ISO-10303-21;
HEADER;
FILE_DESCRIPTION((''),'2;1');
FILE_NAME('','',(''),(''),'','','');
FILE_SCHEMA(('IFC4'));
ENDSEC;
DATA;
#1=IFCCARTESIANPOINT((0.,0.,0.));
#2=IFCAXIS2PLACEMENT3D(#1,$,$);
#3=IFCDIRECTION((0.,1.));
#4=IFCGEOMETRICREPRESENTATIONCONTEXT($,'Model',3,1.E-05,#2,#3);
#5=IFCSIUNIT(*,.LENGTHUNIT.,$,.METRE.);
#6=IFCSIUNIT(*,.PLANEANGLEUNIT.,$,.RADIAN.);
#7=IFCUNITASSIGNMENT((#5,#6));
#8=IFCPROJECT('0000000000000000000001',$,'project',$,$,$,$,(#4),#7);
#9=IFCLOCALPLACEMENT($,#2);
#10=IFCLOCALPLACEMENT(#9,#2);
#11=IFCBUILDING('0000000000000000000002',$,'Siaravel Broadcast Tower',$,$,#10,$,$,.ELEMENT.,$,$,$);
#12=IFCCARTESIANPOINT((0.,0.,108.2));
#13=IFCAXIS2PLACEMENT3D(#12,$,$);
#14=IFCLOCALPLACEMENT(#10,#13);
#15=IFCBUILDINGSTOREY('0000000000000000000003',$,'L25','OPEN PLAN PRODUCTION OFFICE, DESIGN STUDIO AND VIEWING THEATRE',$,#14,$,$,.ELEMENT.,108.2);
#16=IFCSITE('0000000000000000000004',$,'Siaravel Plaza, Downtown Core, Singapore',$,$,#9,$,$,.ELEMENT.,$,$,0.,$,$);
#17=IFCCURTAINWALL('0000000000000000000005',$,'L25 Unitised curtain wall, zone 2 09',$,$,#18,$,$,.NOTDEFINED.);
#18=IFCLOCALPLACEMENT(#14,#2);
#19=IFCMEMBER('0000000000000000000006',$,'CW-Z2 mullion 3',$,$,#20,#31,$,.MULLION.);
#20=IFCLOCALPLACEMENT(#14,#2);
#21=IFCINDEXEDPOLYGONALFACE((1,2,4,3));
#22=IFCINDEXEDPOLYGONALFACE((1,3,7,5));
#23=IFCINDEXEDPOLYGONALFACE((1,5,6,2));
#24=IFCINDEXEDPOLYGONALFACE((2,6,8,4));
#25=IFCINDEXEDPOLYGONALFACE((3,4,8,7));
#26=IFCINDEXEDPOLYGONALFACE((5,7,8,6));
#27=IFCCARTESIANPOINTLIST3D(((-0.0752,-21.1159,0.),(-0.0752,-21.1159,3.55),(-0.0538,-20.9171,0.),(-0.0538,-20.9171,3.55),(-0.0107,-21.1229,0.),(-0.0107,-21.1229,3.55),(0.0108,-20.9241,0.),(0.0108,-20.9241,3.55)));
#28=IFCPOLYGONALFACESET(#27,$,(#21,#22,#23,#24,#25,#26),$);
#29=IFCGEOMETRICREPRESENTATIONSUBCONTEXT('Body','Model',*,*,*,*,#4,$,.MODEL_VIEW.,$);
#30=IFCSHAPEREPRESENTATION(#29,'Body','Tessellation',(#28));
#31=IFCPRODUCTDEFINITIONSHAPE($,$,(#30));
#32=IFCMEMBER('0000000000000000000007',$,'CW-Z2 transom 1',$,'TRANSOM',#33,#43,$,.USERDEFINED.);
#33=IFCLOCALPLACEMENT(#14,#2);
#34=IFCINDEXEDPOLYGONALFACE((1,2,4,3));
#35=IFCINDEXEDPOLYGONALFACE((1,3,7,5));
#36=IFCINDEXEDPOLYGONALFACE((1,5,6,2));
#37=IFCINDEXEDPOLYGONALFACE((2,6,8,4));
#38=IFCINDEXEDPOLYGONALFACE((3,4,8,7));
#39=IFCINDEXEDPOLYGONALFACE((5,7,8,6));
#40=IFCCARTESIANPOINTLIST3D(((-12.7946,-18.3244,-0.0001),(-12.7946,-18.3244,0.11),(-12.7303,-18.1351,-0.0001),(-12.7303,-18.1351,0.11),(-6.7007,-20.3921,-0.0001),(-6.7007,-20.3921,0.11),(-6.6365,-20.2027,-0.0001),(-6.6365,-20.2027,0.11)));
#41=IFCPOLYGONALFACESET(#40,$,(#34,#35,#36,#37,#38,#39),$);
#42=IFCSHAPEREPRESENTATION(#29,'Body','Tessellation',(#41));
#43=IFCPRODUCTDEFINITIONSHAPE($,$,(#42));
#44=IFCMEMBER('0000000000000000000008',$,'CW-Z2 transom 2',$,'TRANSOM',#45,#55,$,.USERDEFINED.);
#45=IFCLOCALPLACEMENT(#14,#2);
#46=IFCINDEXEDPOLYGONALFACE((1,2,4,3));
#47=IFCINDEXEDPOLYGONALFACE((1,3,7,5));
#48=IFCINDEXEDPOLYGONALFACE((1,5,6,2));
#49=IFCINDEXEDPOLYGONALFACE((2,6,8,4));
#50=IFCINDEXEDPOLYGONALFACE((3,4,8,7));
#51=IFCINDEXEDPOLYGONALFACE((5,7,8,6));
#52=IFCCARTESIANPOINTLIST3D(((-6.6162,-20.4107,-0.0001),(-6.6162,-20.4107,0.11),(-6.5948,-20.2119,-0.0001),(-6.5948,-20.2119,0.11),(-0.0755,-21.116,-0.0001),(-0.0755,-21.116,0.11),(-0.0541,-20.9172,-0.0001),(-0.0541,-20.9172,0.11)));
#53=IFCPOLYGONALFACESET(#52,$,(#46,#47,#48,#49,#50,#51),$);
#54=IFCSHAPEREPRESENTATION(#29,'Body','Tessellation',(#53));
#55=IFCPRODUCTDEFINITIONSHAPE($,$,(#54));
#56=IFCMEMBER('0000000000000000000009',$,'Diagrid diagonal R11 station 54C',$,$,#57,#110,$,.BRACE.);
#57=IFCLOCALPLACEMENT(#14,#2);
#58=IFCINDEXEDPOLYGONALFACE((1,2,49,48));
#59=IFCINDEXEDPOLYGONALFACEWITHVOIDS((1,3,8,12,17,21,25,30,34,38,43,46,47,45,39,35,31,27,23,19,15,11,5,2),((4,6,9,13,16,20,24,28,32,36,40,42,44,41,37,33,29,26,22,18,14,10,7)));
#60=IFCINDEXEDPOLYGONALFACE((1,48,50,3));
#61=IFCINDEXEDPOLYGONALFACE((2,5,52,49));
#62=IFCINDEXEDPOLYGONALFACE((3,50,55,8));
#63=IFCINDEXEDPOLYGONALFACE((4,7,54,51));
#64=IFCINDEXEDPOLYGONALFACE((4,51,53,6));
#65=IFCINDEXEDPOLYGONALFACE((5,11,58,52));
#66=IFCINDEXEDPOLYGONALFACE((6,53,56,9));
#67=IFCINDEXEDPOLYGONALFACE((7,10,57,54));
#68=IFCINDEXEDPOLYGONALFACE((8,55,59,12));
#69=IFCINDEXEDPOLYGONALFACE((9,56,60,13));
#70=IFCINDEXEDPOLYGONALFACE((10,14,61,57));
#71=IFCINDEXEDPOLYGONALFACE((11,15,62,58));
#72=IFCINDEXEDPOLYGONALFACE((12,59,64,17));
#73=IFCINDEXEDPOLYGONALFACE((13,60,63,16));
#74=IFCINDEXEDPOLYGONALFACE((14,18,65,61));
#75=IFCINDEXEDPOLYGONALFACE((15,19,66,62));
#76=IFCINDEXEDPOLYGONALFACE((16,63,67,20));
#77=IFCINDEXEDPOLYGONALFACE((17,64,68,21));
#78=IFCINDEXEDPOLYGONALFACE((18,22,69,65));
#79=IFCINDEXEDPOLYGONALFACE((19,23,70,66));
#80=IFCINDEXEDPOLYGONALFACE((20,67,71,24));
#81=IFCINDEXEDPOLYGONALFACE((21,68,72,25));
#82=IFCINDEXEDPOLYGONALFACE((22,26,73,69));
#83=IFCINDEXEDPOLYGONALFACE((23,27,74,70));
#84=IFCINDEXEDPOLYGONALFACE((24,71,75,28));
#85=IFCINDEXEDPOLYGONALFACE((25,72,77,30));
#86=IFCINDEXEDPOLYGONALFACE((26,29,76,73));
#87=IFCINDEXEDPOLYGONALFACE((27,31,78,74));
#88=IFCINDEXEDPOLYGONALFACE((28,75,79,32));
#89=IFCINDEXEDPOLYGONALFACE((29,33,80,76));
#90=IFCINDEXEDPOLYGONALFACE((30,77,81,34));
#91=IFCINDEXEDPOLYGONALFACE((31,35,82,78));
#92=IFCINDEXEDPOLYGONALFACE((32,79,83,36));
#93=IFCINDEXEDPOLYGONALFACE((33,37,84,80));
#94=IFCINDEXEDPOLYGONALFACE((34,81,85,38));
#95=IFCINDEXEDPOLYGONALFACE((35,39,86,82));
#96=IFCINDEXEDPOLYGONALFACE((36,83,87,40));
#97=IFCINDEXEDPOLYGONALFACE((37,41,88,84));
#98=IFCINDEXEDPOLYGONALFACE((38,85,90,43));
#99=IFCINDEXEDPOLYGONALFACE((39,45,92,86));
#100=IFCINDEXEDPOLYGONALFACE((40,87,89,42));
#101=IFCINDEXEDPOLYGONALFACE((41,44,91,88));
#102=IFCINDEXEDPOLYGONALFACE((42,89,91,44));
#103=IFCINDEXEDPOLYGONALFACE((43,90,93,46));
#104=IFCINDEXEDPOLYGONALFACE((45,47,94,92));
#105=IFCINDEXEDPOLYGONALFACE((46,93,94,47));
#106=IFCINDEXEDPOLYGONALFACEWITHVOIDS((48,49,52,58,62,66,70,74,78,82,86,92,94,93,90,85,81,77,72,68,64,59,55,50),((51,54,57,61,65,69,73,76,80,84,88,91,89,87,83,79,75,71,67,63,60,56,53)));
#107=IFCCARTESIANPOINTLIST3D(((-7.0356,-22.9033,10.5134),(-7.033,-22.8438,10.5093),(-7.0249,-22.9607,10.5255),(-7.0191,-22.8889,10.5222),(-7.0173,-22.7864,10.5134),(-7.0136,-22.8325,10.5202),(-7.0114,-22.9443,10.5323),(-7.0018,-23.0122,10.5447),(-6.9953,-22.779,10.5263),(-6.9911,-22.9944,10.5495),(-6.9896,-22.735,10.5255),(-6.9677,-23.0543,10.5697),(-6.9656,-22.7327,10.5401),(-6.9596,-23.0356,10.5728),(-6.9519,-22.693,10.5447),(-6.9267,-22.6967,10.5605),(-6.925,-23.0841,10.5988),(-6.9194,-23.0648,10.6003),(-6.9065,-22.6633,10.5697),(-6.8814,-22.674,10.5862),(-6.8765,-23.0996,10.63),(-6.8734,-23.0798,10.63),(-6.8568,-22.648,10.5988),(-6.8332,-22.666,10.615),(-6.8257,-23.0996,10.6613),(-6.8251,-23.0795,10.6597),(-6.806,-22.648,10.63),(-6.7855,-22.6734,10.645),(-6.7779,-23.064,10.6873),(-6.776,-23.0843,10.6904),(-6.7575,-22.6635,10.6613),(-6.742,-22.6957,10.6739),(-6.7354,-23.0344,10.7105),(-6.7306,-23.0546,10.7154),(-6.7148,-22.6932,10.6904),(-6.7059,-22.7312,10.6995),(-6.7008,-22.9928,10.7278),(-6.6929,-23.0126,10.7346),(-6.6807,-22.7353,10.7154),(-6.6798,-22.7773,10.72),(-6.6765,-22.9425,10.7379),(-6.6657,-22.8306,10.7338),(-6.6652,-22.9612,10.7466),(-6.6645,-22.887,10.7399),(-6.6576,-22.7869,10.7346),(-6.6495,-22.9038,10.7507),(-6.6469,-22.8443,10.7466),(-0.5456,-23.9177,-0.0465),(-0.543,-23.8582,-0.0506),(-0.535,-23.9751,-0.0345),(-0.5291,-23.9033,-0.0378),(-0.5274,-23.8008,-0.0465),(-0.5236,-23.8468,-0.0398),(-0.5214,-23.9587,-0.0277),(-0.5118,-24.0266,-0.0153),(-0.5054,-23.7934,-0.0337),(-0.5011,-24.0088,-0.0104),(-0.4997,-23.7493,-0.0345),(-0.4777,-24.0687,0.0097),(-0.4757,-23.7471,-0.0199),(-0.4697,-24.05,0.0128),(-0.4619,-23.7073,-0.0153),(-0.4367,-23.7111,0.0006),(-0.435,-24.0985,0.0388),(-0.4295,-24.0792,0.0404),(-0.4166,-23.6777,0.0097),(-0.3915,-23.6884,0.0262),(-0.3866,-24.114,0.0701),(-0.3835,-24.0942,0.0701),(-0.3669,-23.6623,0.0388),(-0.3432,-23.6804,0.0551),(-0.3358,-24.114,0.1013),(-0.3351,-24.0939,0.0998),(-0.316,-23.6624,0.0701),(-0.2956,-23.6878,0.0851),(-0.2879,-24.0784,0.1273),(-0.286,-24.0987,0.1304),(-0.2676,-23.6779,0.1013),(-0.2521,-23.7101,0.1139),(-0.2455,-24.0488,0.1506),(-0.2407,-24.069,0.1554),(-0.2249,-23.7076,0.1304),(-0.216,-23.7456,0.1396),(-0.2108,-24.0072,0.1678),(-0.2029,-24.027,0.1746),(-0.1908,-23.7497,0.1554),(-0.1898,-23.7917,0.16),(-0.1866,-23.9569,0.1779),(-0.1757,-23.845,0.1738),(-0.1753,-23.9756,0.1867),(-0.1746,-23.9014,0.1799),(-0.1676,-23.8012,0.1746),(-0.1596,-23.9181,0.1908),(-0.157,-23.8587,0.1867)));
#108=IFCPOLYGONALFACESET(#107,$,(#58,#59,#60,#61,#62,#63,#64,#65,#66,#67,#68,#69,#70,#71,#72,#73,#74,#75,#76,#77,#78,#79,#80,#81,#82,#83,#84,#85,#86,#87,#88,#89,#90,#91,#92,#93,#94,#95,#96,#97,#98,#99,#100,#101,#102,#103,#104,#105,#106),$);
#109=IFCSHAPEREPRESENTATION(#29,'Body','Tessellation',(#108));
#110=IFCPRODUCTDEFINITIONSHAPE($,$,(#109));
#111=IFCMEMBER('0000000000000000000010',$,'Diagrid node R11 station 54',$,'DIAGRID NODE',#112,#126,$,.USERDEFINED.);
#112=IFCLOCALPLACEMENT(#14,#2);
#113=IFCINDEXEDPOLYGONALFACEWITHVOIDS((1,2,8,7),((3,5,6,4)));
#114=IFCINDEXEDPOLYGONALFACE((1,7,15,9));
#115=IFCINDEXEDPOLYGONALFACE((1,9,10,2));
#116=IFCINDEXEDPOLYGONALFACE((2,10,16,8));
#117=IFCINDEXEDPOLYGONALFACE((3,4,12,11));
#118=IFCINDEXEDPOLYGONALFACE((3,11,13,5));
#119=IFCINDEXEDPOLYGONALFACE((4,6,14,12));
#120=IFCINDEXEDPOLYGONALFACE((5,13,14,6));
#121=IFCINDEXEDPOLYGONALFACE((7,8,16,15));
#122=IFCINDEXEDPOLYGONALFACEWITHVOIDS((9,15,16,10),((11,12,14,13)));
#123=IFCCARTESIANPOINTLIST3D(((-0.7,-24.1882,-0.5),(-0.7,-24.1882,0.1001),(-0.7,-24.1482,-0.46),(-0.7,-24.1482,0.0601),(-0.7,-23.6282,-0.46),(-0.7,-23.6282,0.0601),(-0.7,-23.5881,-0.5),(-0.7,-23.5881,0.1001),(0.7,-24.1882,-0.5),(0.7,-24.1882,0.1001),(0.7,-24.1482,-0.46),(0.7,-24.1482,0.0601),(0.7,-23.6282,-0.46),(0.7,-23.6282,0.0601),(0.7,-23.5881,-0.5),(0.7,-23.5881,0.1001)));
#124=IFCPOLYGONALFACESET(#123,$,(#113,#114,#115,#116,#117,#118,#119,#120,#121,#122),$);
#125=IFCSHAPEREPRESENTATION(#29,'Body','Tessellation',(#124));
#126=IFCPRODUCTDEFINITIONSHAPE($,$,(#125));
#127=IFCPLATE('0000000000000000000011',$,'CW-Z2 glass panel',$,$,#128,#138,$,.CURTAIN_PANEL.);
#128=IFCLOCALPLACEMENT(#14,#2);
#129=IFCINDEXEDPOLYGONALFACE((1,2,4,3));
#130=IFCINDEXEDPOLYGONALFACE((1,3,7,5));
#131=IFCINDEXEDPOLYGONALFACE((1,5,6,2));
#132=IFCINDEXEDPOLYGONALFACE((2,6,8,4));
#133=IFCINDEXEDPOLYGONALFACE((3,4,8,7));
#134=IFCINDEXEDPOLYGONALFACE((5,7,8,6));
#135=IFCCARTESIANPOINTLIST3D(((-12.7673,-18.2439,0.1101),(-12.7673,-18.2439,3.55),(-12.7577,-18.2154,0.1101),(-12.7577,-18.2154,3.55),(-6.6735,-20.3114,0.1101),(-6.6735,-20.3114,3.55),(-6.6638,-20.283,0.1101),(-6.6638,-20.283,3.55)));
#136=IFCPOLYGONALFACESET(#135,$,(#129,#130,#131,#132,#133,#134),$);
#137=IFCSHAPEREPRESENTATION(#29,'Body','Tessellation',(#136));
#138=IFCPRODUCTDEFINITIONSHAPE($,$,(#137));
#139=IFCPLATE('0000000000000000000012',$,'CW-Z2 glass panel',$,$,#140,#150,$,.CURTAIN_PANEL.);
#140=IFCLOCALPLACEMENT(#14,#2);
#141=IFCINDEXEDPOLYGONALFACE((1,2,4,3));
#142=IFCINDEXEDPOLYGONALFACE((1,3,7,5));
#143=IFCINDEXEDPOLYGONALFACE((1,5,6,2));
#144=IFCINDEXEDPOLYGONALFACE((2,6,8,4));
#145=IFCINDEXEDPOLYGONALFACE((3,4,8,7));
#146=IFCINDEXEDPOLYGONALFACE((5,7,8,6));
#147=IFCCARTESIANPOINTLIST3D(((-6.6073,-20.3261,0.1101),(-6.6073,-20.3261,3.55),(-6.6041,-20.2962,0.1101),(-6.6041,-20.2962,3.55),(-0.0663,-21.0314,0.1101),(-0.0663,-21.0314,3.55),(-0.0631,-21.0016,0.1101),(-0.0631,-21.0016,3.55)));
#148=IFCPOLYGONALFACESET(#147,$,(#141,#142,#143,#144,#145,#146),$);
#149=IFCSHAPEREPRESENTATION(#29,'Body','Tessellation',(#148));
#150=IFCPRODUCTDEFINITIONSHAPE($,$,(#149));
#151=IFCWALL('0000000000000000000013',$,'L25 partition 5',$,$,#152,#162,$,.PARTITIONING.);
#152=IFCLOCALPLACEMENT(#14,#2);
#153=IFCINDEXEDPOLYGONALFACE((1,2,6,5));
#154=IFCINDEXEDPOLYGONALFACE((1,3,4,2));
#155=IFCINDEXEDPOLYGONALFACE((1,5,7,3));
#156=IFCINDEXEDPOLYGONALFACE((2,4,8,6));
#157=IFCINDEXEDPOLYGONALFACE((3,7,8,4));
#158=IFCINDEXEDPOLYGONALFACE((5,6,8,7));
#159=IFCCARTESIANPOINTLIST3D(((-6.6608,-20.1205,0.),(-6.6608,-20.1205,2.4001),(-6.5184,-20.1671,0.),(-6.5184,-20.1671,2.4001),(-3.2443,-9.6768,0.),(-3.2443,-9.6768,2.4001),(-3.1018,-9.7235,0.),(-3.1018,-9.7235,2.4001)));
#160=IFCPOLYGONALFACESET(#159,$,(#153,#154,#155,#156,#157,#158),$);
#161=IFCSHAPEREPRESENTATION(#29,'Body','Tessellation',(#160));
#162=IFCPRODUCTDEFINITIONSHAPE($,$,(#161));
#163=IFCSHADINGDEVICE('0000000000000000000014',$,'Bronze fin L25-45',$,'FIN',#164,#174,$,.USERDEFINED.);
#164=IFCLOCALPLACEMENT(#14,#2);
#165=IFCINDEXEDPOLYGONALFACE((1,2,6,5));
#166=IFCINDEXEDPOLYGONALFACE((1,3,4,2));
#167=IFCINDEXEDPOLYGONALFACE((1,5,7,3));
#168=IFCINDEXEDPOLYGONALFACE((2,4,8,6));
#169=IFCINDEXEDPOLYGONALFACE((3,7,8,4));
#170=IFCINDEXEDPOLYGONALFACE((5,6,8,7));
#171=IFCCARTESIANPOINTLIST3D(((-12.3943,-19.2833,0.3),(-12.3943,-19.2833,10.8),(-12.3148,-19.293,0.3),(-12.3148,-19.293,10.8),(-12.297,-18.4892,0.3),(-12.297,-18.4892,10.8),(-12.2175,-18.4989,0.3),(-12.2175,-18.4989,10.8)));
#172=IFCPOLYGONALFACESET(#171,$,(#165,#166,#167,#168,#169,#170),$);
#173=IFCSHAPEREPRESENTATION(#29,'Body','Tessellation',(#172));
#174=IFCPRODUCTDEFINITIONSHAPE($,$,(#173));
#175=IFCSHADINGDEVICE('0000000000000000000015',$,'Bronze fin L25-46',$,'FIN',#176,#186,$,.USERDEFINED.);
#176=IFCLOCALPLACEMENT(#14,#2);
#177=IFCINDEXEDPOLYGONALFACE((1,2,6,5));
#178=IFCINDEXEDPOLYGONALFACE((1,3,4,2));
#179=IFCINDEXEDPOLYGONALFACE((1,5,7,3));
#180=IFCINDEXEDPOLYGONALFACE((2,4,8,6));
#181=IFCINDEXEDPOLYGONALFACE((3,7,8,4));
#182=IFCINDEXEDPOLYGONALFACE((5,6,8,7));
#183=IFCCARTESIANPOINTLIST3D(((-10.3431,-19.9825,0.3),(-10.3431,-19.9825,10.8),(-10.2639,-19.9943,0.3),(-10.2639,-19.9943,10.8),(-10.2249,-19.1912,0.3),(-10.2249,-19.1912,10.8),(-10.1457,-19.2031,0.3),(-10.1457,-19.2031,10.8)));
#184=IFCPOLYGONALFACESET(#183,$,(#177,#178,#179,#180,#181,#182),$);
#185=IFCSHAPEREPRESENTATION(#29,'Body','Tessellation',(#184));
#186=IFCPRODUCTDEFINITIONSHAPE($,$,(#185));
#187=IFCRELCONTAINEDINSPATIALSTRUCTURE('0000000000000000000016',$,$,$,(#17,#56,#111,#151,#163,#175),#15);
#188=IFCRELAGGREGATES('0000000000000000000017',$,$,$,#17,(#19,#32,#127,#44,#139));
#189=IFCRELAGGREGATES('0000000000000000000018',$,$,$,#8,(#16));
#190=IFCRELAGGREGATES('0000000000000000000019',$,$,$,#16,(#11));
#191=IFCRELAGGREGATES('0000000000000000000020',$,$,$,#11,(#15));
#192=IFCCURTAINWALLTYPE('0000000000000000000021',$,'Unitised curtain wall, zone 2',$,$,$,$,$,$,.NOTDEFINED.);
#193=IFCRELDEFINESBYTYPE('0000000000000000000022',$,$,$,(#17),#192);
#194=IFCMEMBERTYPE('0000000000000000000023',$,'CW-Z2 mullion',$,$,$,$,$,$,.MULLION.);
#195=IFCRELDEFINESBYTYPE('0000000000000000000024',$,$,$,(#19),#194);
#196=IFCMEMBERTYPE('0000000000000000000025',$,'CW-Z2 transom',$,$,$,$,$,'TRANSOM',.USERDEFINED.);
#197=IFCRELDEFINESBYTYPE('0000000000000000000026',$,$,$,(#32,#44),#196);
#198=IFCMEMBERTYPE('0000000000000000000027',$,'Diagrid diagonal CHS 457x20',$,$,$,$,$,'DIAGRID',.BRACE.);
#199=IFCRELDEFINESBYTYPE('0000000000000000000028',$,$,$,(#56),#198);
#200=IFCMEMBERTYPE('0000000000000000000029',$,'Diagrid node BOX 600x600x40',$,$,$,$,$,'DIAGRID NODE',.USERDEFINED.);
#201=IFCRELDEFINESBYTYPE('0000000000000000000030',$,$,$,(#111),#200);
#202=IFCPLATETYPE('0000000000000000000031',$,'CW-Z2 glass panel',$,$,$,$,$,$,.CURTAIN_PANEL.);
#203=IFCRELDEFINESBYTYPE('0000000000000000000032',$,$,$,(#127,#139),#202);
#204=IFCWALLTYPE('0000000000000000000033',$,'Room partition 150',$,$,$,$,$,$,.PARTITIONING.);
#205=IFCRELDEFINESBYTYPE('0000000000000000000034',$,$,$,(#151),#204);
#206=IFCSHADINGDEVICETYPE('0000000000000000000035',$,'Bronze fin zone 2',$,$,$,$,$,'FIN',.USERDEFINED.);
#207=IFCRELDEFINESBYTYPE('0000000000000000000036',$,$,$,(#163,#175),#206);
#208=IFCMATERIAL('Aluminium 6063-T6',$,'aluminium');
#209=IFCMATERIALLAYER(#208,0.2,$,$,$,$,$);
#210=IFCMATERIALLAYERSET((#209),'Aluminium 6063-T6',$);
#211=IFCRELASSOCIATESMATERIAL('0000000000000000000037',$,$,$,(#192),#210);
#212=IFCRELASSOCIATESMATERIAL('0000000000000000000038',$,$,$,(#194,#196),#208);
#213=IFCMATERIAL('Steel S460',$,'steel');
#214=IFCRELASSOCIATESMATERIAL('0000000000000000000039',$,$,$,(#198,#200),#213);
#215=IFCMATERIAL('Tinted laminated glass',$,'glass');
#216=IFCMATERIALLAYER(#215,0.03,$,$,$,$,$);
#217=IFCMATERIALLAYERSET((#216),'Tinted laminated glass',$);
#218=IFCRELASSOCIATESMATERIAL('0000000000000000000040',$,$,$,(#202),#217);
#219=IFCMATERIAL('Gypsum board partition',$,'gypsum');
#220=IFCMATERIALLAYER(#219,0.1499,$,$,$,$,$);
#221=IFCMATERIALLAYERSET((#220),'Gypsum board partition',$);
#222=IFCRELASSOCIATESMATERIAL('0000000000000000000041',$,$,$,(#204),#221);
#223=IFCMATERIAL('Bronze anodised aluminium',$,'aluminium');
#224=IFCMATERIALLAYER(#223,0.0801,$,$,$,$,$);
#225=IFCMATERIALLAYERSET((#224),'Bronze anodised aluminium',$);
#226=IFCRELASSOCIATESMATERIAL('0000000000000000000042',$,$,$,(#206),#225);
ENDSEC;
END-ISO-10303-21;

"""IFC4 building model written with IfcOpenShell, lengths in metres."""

from ifc_helpers import new_model, si_unit, direction, frame, frame_2d, origin, origin_2d, place, context, subcontext, project, spatial, rectangle, hollow_rectangle, hollow_circle, extrude, material, layer, layer_set, material_profile, profile_set, type_object, element, aggregate, save


model = new_model("IFC4")

# Units and contexts
model_context = context("Model", 3, precision=1e-05, world=origin(), true_north=direction((0.0, 1.0)))
body_context = subcontext(model_context, "Body", "Model", "MODEL_VIEW")
ifc_project = project(units=[si_unit("LENGTHUNIT", "METRE"), si_unit("PLANEANGLEUNIT", "RADIAN")], contexts=[model_context])

# Site, building, storey
site_placement = place(None, origin())
site = spatial("IfcSite", under=ifc_project, at=site_placement, Name="Siaravel Plaza, Downtown Core, Singapore", CompositionType="ELEMENT", RefElevation=0.0)
building_placement = place(site_placement, origin())
building = spatial("IfcBuilding", under=site, at=building_placement, Name="Siaravel Broadcast Tower", CompositionType="ELEMENT")
storey_placement = place(building_placement, frame((0.0, 0.0, 108.2)))
storey = spatial("IfcBuildingStorey", under=building, at=storey_placement, Name="L25", Description="OPEN PLAN PRODUCTION OFFICE, DESIGN STUDIO AND VIEWING THEATRE", CompositionType="ELEMENT", Elevation=108.2)

# Shared definitions
ifc_material_1 = material(Name="Aluminium 6063-T6", Category="aluminium")
ifc_layer_1 = layer(ifc_material_1, 0.2)
ifc_layer_set_1 = layer_set([ifc_layer_1], Name="Aluminium 6063-T6")
curtain_wall_type = type_object("IfcCurtainWallType", Name="Unitised curtain wall, zone 2", PredefinedType="NOTDEFINED", material=ifc_layer_set_1)
ifc_material_profile_1 = material_profile(ifc_material_1, rectangle(XDim=0.2, YDim=0.0649, at=origin_2d()))
ifc_profile_set_1 = profile_set([ifc_material_profile_1], Name="Aluminium 6063-T6")
member_type_1 = type_object("IfcMemberType", Name="CW-Z2 mullion", PredefinedType="MULLION", material=ifc_profile_set_1)

# Curtain wall, members
curtain_wall_1_placement = place(storey_placement, origin())
curtain_wall_1 = element("IfcCurtainWall", 1, at=curtain_wall_1_placement, inside=storey, type_object=curtain_wall_type, Name="L25 Unitised curtain wall, zone 2 09", PredefinedType="NOTDEFINED")
member_1_placement = place(storey_placement, frame((-0.0322, -21.02, 0.0), z_axis=(0.0, 0.0, 1.0), x_axis=(0.107217, 0.994236, 0.0)))
member_1 = element("IfcMember", 2, at=member_1_placement, type_object=member_type_1, Name="CW-Z2 mullion 3", PredefinedType="MULLION", context=body_context, shape_type="SweptSolid", body=[
    extrude(rectangle(XDim=0.2, YDim=0.0649, at=origin_2d()), origin(), (0.0, 0.0, 1.0), 3.55),
])
ifc_material_profile_2 = material_profile(ifc_material_1, rectangle(XDim=0.2, YDim=0.1101, at=origin_2d()))
ifc_profile_set_2 = profile_set([ifc_material_profile_2], Name="Aluminium 6063-T6")
member_type_2 = type_object("IfcMemberType", Name="CW-Z2 transom", ElementType="TRANSOM", PredefinedType="USERDEFINED", material=ifc_profile_set_2)
member_2_placement = place(storey_placement, frame((-12.7625, -18.2297, 0.0549), z_axis=(0.946974, -0.321311, 0.0), x_axis=(0.321311, 0.946974, 0.0)))
member_2 = element("IfcMember", 3, at=member_2_placement, type_object=member_type_2, Name="CW-Z2 transom 1", ObjectType="TRANSOM", PredefinedType="USERDEFINED", context=body_context, shape_type="SweptSolid", body=[
    extrude(rectangle(XDim=0.2, YDim=0.1101, at=origin_2d()), origin(), (0.0, 0.0, 1.0), 6.4351),
])
member_3_placement = place(storey_placement, frame((-6.6055, -20.3113, 0.0549), z_axis=(0.994236, -0.107213, 0.0), x_axis=(0.107213, 0.994236, 0.0)))
member_3 = element("IfcMember", 4, at=member_3_placement, type_object=member_type_2, Name="CW-Z2 transom 2", ObjectType="TRANSOM", PredefinedType="USERDEFINED", context=body_context, shape_type="SweptSolid", body=[
    extrude(rectangle(XDim=0.2, YDim=0.1101, at=origin_2d()), origin(), (0.0, 0.0, 1.0), 6.5786),
])

# Members
ifc_material_2 = material(Name="Steel S460", Category="steel")
ifc_material_profile_3 = material_profile(ifc_material_2, hollow_circle(Radius=0.2285, WallThickness=0.02, at=origin_2d()))
ifc_profile_set_3 = profile_set([ifc_material_profile_3], Name="Steel S460")
member_type_3 = type_object("IfcMemberType", Name="Diagrid diagonal CHS 457x20", ElementType="DIAGRID", PredefinedType="BRACE", material=ifc_profile_set_3)
member_4_placement = place(storey_placement, frame((-0.3513, -23.8882, 0.0701), z_axis=(-0.521855, 0.081567, 0.849126), x_axis=(-0.154428, -0.988004, 0.0)))
element("IfcMember", 5, at=member_4_placement, inside=storey, type_object=member_type_3, Name="Diagrid diagonal R11 station 54C", PredefinedType="BRACE", context=body_context, shape_type="SweptSolid", body=[
    extrude(hollow_circle(Radius=0.2285, WallThickness=0.02, at=origin_2d()), origin(), (0.0, 0.0, 1.0), 12.4363),
])
ifc_material_profile_4 = material_profile(ifc_material_2, hollow_rectangle(XDim=0.6001, YDim=0.6001, WallThickness=0.04, at=origin_2d()))
ifc_profile_set_4 = profile_set([ifc_material_profile_4], Name="Steel S460")
member_type_4 = type_object("IfcMemberType", Name="Diagrid node BOX 600x600x40", ElementType="DIAGRID NODE", PredefinedType="USERDEFINED", material=ifc_profile_set_4)
member_5_placement = place(storey_placement, frame((-0.7, -23.8882, -0.2), z_axis=(1.0, 0.0, 0.0), x_axis=(0.0, 1.0, 0.0)))
element("IfcMember", 6, at=member_5_placement, inside=storey, type_object=member_type_4, Name="Diagrid node R11 station 54", ObjectType="DIAGRID NODE", PredefinedType="USERDEFINED", context=body_context, shape_type="SweptSolid", body=[
    extrude(hollow_rectangle(XDim=0.6001, YDim=0.6001, WallThickness=0.04, at=origin_2d()), origin(), (0.0, 0.0, 1.0), 1.3999),
])

# Plates
ifc_material_3 = material(Name="Tinted laminated glass", Category="glass")
ifc_layer_2 = layer(ifc_material_3, 0.03)
ifc_layer_set_2 = layer_set([ifc_layer_2], Name="Tinted laminated glass")
plate_type = type_object("IfcPlateType", Name="CW-Z2 glass panel", PredefinedType="CURTAIN_PANEL", material=ifc_layer_set_2)
plate_1_placement = place(storey_placement, frame((-9.7156, -19.2634, 0.1101), z_axis=(0.0, 0.0, 1.0), x_axis=(0.946977, -0.321301, 0.0)))
plate_1 = element("IfcPlate", 7, at=plate_1_placement, type_object=plate_type, Name="CW-Z2 glass panel", PredefinedType="CURTAIN_PANEL", context=body_context, shape_type="SweptSolid", body=[
    extrude(rectangle(XDim=6.4351, YDim=0.03, at=origin_2d()), origin(), (0.0, 0.0, 1.0), 3.4399),
])
plate_2_placement = place(storey_placement, frame((-3.3352, -20.6638, 0.1101), z_axis=(0.0, 0.0, 1.0), x_axis=(0.994236, -0.107217, 0.0)))
plate_2 = element("IfcPlate", 8, at=plate_2_placement, type_object=plate_type, Name="CW-Z2 glass panel", PredefinedType="CURTAIN_PANEL", context=body_context, shape_type="SweptSolid", body=[
    extrude(rectangle(XDim=6.5789, YDim=0.03, at=origin_2d()), origin(), (0.0, 0.0, 1.0), 3.4399),
])
aggregate(curtain_wall_1, [member_1, member_2, plate_1, member_3, plate_2])

# Wall
ifc_material_4 = material(Name="Gypsum board partition", Category="gypsum")
ifc_layer_3 = layer(ifc_material_4, 0.1499)
ifc_layer_set_3 = layer_set([ifc_layer_3], Name="Gypsum board partition")
wall_type = type_object("IfcWallType", Name="Room partition 150", PredefinedType="PARTITIONING", material=ifc_layer_set_3)
wall_placement = place(storey_placement, frame((-6.5896, -20.1438, 0.0), z_axis=(0.0, 0.0, 1.0), x_axis=(0.310924, 0.950435, 0.0)))
element("IfcWall", 9, at=wall_placement, inside=storey, type_object=wall_type, Name="L25 partition 5", PredefinedType="PARTITIONING", context=body_context, shape_type="SweptSolid", body=[
    extrude(rectangle(XDim=10.9883, YDim=0.1499, at=frame_2d((5.4941, 0.0))), origin(), (0.0, 0.0, 1.0), 2.4001),
])

# Shading devices
ifc_material_5 = material(Name="Bronze anodised aluminium", Category="aluminium")
ifc_layer_4 = layer(ifc_material_5, 0.0801)
ifc_layer_set_4 = layer_set([ifc_layer_4], Name="Bronze anodised aluminium")
shading_device_type = type_object("IfcShadingDeviceType", Name="Bronze fin zone 2", ElementType="FIN", PredefinedType="USERDEFINED", material=ifc_layer_set_4)
for number, where, z_axis, x_axis, name in (
    (10, (-12.3059, -18.8911, 0.3), (0.0, 0.0, 1.0), (-0.121646, -0.992574, 0.0), "Bronze fin L25-45"),
    (11, (-10.2444, -19.5928, 0.3), (0.0, 0.0, 1.0), (-0.147728, -0.989028, 0.0), "Bronze fin L25-46"),
):
    element("IfcShadingDevice", number, at=place(storey_placement, frame(where, z_axis=z_axis, x_axis=x_axis)), inside=storey, type_object=shading_device_type, Name=name, ObjectType="FIN", PredefinedType="USERDEFINED", context=body_context, shape_type="SweptSolid", body=[
        extrude(rectangle(XDim=0.8, YDim=0.0801, at=origin_2d()), origin(), (0.0, 0.0, 1.0), 10.5),
    ])

save(model, "model.ifc")
